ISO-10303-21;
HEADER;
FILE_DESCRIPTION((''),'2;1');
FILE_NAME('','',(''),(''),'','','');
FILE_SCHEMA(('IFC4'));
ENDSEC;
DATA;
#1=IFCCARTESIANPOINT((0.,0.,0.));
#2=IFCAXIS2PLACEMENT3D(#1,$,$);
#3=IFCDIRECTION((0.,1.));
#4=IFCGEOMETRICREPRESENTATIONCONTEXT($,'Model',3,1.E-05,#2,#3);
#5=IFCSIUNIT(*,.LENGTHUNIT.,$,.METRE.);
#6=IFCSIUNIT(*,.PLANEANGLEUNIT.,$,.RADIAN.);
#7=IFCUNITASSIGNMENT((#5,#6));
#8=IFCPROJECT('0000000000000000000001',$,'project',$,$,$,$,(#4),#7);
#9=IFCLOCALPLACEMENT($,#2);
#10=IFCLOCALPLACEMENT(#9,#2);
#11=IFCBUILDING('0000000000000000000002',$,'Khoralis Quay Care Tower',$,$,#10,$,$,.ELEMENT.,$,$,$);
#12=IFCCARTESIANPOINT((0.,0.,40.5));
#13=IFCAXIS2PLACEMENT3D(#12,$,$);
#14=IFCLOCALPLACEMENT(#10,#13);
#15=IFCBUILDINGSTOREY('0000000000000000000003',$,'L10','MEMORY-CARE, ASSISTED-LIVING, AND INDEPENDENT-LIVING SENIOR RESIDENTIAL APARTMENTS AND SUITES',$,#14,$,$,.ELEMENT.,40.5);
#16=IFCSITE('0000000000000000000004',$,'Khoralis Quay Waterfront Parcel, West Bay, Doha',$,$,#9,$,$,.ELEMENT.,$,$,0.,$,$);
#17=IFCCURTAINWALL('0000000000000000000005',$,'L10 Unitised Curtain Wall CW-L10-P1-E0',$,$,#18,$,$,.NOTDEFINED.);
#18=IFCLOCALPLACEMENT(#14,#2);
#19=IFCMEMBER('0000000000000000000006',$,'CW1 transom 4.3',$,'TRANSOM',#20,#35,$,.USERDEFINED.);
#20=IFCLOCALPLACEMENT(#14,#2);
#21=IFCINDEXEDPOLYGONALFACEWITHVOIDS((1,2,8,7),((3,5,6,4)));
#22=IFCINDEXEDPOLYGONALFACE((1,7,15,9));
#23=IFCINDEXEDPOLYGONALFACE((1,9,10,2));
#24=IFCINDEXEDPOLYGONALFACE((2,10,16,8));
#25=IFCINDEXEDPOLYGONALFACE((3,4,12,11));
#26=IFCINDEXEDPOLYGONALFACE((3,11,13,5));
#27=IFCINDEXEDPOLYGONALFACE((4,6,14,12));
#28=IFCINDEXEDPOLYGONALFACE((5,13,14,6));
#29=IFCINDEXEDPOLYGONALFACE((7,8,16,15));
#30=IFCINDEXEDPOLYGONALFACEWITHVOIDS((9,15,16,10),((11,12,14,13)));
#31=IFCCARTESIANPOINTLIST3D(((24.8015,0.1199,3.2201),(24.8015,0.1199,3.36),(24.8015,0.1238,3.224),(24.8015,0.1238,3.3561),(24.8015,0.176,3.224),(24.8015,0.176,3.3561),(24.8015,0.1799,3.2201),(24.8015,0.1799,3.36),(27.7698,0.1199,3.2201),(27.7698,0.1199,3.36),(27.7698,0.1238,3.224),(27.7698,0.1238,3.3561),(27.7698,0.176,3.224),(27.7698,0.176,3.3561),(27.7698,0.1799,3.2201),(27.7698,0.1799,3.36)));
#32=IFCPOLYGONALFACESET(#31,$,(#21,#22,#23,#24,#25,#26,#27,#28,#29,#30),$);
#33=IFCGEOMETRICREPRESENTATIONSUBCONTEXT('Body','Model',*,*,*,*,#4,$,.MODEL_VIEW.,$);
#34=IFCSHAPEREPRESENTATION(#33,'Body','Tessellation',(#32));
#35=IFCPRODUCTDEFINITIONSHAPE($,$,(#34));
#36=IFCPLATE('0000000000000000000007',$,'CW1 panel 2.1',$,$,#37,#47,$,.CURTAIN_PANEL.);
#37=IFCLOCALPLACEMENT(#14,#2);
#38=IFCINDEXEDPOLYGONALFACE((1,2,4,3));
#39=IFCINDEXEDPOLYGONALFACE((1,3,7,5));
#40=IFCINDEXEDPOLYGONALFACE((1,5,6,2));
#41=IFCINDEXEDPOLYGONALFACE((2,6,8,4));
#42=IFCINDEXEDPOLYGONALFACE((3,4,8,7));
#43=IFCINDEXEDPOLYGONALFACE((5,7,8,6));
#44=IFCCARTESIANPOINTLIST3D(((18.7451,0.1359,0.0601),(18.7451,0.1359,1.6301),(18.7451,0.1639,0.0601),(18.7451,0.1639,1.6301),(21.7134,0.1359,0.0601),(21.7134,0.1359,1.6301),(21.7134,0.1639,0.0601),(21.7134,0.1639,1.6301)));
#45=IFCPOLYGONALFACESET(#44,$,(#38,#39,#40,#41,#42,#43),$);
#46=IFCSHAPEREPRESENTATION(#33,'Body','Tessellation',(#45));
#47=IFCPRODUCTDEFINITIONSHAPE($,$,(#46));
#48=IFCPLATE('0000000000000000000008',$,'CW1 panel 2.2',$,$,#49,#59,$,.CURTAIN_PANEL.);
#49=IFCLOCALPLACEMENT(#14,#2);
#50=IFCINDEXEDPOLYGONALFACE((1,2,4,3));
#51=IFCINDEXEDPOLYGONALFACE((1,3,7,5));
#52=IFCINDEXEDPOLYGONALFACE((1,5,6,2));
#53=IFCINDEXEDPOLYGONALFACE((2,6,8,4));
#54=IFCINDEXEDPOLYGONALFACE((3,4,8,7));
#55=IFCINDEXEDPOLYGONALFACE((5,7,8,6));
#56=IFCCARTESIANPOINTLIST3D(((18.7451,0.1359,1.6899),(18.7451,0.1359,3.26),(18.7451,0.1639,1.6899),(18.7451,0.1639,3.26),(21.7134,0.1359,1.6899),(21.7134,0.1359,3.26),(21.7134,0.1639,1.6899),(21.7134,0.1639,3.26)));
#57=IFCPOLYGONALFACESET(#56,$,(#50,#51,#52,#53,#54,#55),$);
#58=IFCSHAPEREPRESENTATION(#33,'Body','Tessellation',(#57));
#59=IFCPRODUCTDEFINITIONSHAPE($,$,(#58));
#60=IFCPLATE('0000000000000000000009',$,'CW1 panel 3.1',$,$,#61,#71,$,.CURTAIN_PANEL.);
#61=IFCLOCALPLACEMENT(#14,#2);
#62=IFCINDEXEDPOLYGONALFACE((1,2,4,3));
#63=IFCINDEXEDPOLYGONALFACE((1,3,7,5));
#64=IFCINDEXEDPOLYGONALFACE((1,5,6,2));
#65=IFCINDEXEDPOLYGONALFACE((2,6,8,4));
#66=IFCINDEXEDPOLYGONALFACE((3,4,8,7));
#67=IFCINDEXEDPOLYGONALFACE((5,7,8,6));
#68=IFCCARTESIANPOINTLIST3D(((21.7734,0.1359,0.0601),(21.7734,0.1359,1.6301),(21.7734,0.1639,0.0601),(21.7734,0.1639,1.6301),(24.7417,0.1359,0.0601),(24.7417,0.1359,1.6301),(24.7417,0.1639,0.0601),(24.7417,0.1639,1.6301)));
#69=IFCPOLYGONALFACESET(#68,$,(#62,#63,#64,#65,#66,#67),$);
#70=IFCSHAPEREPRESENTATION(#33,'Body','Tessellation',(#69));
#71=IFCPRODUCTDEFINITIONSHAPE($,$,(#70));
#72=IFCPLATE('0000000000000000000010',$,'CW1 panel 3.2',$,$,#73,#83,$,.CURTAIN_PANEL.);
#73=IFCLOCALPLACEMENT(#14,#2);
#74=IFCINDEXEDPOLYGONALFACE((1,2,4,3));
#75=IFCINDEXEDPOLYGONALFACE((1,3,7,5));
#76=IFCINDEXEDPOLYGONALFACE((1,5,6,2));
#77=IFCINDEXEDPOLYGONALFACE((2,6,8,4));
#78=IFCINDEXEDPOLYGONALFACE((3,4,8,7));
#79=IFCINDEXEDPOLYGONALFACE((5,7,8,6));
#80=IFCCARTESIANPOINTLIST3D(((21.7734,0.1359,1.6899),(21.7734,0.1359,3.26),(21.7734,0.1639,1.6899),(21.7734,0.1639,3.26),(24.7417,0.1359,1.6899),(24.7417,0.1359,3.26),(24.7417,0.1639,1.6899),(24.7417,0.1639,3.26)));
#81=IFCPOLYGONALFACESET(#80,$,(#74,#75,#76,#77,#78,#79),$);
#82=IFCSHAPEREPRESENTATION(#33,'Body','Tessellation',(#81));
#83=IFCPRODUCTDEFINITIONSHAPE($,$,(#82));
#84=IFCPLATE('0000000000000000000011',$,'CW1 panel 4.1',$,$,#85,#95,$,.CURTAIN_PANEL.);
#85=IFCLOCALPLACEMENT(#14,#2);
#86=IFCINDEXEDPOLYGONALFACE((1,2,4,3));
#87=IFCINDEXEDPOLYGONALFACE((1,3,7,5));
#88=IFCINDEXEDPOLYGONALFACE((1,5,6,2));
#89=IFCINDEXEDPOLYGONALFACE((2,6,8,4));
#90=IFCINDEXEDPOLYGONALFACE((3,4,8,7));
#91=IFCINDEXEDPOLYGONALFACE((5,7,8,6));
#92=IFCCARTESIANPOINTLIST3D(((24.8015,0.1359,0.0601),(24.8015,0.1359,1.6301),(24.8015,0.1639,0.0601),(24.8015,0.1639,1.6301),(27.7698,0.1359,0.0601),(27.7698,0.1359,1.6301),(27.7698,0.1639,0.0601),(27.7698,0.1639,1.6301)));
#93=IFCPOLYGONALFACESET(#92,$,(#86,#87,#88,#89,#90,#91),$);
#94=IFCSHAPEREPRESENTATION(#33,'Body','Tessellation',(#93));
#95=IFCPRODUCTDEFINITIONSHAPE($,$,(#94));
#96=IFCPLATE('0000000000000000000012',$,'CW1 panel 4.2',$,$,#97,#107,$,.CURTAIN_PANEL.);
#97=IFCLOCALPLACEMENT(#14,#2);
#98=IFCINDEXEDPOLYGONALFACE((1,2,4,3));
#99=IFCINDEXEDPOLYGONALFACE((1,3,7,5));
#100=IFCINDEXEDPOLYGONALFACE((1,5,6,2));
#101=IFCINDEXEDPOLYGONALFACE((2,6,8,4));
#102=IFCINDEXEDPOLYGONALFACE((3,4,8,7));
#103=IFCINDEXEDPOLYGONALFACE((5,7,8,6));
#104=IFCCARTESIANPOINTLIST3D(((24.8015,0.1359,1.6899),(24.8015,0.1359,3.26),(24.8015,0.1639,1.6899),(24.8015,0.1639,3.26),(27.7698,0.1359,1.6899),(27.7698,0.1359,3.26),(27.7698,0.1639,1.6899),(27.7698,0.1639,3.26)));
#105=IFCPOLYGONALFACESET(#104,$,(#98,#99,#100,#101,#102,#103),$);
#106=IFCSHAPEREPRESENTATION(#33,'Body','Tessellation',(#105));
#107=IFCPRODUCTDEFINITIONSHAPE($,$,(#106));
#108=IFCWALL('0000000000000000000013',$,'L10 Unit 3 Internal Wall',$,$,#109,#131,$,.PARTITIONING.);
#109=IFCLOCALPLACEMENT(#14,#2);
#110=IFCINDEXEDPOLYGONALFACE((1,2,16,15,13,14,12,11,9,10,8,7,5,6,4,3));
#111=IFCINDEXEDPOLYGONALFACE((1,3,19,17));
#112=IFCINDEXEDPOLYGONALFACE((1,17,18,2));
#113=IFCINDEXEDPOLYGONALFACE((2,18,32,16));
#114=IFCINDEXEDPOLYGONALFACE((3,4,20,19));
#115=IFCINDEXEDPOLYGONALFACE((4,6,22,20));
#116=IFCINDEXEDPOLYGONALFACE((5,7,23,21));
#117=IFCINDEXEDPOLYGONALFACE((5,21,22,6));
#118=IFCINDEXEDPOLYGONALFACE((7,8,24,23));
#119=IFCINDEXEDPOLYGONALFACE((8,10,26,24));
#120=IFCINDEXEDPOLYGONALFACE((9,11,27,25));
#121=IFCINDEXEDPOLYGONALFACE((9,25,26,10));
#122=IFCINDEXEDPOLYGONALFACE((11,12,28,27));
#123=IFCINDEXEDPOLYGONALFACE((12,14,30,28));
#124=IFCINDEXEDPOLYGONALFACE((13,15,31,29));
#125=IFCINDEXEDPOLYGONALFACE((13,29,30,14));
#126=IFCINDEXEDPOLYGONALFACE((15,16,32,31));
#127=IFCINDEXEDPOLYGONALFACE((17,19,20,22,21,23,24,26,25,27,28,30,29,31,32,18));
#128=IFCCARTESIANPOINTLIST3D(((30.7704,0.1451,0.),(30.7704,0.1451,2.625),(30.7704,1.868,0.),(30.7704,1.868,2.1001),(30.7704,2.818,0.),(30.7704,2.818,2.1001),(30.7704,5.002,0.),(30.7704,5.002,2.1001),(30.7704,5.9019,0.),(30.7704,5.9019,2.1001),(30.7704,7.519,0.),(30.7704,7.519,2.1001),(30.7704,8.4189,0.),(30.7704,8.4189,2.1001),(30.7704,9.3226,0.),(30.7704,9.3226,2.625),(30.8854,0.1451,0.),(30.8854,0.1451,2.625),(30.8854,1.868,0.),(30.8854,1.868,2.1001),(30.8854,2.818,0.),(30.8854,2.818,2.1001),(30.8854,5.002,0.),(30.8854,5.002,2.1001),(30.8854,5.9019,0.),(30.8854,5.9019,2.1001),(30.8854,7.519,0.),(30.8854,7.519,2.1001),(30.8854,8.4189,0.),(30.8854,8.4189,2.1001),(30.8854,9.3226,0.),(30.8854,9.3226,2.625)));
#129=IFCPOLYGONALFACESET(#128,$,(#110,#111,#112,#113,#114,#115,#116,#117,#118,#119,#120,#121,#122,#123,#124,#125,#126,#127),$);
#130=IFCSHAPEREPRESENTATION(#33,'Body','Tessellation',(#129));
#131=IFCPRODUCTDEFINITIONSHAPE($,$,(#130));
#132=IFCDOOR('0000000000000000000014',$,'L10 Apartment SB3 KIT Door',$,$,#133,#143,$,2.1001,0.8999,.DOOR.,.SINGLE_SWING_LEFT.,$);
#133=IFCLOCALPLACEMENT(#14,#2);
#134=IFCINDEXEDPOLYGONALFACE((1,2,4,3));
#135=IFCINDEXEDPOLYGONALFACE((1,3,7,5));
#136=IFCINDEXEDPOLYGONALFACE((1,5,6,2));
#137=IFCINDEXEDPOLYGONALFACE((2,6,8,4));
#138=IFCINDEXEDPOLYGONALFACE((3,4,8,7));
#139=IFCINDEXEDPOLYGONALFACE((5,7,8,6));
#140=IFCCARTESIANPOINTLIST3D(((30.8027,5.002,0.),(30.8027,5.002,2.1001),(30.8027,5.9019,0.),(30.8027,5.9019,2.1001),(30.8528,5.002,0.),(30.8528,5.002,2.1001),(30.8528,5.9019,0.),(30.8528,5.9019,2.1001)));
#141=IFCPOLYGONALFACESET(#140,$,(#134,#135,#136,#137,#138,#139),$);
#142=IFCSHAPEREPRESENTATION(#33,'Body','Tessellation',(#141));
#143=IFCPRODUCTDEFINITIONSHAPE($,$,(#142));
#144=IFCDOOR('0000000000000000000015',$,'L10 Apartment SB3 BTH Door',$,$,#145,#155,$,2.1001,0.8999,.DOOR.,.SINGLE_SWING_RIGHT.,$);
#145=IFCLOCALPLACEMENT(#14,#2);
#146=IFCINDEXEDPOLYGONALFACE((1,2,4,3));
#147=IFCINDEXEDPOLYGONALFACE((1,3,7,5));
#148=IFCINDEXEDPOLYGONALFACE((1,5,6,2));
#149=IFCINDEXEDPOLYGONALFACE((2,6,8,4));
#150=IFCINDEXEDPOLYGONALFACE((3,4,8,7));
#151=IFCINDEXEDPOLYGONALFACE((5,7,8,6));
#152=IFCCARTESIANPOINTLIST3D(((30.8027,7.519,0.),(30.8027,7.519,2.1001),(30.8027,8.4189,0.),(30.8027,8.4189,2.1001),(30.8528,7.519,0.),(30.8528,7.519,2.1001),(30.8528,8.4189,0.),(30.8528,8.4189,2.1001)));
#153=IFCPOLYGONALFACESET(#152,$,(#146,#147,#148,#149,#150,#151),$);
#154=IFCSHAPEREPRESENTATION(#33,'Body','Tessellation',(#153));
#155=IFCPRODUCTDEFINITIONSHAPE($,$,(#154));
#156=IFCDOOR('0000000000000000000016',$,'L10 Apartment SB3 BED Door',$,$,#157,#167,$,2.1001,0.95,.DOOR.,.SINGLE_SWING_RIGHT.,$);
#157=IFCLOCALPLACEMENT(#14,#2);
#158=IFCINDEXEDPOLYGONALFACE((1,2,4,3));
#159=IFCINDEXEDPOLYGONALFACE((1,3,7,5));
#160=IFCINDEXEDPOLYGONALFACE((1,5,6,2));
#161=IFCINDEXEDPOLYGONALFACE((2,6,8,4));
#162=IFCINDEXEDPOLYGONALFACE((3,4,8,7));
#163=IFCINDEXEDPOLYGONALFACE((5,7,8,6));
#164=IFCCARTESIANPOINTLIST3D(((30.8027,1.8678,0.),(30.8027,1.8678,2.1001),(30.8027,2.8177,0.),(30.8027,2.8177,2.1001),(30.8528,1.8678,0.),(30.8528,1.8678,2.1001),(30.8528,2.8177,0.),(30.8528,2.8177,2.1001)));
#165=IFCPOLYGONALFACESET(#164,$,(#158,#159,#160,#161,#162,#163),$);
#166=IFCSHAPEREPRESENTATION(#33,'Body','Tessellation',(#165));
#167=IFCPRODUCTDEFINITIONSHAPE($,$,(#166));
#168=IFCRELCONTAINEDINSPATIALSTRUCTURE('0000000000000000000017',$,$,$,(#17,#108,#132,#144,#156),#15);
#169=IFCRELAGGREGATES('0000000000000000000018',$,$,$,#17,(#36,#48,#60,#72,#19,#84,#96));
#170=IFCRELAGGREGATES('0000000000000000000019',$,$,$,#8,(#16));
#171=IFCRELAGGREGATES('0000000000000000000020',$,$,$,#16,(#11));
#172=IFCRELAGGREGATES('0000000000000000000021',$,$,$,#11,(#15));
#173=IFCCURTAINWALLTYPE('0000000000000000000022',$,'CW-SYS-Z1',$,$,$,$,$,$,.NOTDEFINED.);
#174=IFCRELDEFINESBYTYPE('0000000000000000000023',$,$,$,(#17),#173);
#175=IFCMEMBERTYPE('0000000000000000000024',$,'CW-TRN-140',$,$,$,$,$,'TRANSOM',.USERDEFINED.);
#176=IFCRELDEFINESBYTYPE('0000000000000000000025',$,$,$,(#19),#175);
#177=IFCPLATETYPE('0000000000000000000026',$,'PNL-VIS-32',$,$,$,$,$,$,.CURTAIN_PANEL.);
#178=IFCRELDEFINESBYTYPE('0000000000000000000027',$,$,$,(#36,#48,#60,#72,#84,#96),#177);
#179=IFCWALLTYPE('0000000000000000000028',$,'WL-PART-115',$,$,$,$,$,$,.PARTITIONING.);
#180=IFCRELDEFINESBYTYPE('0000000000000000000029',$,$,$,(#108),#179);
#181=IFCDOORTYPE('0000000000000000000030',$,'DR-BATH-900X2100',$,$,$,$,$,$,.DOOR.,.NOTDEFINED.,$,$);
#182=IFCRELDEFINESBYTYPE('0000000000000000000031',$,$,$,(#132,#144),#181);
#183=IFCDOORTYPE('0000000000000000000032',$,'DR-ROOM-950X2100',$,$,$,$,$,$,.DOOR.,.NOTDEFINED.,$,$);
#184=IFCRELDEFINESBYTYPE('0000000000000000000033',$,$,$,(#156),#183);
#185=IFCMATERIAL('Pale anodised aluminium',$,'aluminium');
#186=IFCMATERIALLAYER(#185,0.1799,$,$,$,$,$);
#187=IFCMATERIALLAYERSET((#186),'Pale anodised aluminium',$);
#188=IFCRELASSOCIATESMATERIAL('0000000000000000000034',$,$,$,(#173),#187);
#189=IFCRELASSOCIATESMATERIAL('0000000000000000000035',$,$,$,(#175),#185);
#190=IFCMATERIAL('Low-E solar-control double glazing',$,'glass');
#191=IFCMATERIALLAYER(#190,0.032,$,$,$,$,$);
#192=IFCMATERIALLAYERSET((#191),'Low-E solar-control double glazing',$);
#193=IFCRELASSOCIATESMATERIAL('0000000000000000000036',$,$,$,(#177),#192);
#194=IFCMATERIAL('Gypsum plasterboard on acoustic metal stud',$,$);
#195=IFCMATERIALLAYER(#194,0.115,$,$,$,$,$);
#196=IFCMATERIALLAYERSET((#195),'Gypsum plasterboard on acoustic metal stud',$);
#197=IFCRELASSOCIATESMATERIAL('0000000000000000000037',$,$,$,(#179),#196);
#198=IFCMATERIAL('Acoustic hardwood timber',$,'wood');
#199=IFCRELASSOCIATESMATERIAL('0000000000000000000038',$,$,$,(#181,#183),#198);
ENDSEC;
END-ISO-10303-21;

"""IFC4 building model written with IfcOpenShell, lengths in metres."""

from ifc_helpers import new_model, si_unit, direction, frame, frame_2d, origin, origin_2d, place, context, subcontext, project, spatial, rectangle, hollow_rectangle, extrude, source, transform, mapped, material, layer, layer_set, material_profile, profile_set, type_object, element, fill, aggregate, save


model = new_model("IFC4")

# Units and contexts
model_context = context("Model", 3, precision=1e-05, world=origin(), true_north=direction((0.0, 1.0)))
body_context = subcontext(model_context, "Body", "Model", "MODEL_VIEW")
ifc_project = project(units=[si_unit("LENGTHUNIT", "METRE"), si_unit("PLANEANGLEUNIT", "RADIAN")], contexts=[model_context])

# Site, building, storey
site_placement = place(None, origin())
site = spatial("IfcSite", under=ifc_project, at=site_placement, Name="Khoralis Quay Waterfront Parcel, West Bay, Doha", CompositionType="ELEMENT", RefElevation=0.0)
building_placement = place(site_placement, origin())
building = spatial("IfcBuilding", under=site, at=building_placement, Name="Khoralis Quay Care Tower", CompositionType="ELEMENT")
storey_placement = place(building_placement, frame((0.0, 0.0, 40.5)))
storey = spatial("IfcBuildingStorey", under=building, at=storey_placement, Name="L10", Description="MEMORY-CARE, ASSISTED-LIVING, AND INDEPENDENT-LIVING SENIOR RESIDENTIAL APARTMENTS AND SUITES", CompositionType="ELEMENT", Elevation=40.5)

# Curtain wall, member, plates
ifc_material_1 = material(Name="Pale anodised aluminium", Category="aluminium")
ifc_layer_1 = layer(ifc_material_1, 0.1799)
ifc_layer_set_1 = layer_set([ifc_layer_1], Name="Pale anodised aluminium")
curtain_wall_type = type_object("IfcCurtainWallType", Name="CW-SYS-Z1", PredefinedType="NOTDEFINED", material=ifc_layer_set_1)
curtain_wall_placement = place(storey_placement, origin())
curtain_wall = element("IfcCurtainWall", 1, at=curtain_wall_placement, inside=storey, type_object=curtain_wall_type, Name="L10 Unitised Curtain Wall CW-L10-P1-E0", PredefinedType="NOTDEFINED")
ifc_material_profile_1 = material_profile(ifc_material_1, hollow_rectangle(XDim=0.0601, YDim=0.1399, WallThickness=0.0039, at=origin_2d()), Name="Pale anodised aluminium")
ifc_profile_set_1 = profile_set([ifc_material_profile_1], Name="Pale anodised aluminium")
member_type_1 = type_object("IfcMemberType", Name="CW-TRN-140", ElementType="TRANSOM", PredefinedType="USERDEFINED", material=ifc_profile_set_1)
shared_shape_1 = source(origin(), body_context, "Body", "SweptSolid", [
    extrude(hollow_rectangle(XDim=0.0601, YDim=0.1399, WallThickness=0.0039, at=origin_2d()), origin(), (0.0, 0.0, 1.0), 2.9683),
])
member_1_placement = place(storey_placement, frame((24.8015, 0.1499, 3.29), z_axis=(1.0, 0.0, 0.0), x_axis=(0.0, 1.0, 0.0)))
member_1 = element("IfcMember", 2, at=member_1_placement, type_object=member_type_1, Name="CW1 transom 4.3", ObjectType="TRANSOM", PredefinedType="USERDEFINED", context=body_context, shape_type="MappedRepresentation", body=[
    mapped(shared_shape_1, transform((0.0, 0.0, 0.0), scale=1.0)),
])
ifc_material_2 = material(Name="Low-E solar-control double glazing", Category="glass")
ifc_layer_2 = layer(ifc_material_2, 0.032)
ifc_layer_set_2 = layer_set([ifc_layer_2], Name="Low-E solar-control double glazing")
plate_type = type_object("IfcPlateType", Name="PNL-VIS-32", PredefinedType="CURTAIN_PANEL", material=ifc_layer_set_2)
shared_shape_2 = source(origin(), body_context, "Body", "SweptSolid", [
    extrude(rectangle(XDim=2.9683, YDim=0.0281, at=origin_2d()), origin(), (0.0, 0.0, 1.0), 1.5701),
])
plate_1_placement = place(storey_placement, frame((20.2292, 0.1499, 0.0601), z_axis=(0.0, 0.0, 1.0), x_axis=(1.0, 0.0, 0.0)))
plate_1 = element("IfcPlate", 3, at=plate_1_placement, type_object=plate_type, Name="CW1 panel 2.1", PredefinedType="CURTAIN_PANEL", context=body_context, shape_type="MappedRepresentation", body=[
    mapped(shared_shape_2, transform((0.0, 0.0, 0.0), scale=1.0)),
])
plate_2_placement = place(storey_placement, frame((20.2292, 0.1499, 1.6899), z_axis=(0.0, 0.0, 1.0), x_axis=(1.0, 0.0, 0.0)))
plate_2 = element("IfcPlate", 4, at=plate_2_placement, type_object=plate_type, Name="CW1 panel 2.2", PredefinedType="CURTAIN_PANEL", context=body_context, shape_type="MappedRepresentation", body=[
    mapped(shared_shape_2, transform((0.0, 0.0, 0.0), scale=1.0)),
])
plate_3_placement = place(storey_placement, frame((23.2576, 0.1499, 0.0601), z_axis=(0.0, 0.0, 1.0), x_axis=(1.0, 0.0, 0.0)))
plate_3 = element("IfcPlate", 5, at=plate_3_placement, type_object=plate_type, Name="CW1 panel 3.1", PredefinedType="CURTAIN_PANEL", context=body_context, shape_type="MappedRepresentation", body=[
    mapped(shared_shape_2, transform((0.0, 0.0, 0.0), scale=1.0)),
])
plate_4_placement = place(storey_placement, frame((23.2576, 0.1499, 1.6899), z_axis=(0.0, 0.0, 1.0), x_axis=(1.0, 0.0, 0.0)))
plate_4 = element("IfcPlate", 6, at=plate_4_placement, type_object=plate_type, Name="CW1 panel 3.2", PredefinedType="CURTAIN_PANEL", context=body_context, shape_type="MappedRepresentation", body=[
    mapped(shared_shape_2, transform((0.0, 0.0, 0.0), scale=1.0)),
])
plate_5_placement = place(storey_placement, frame((26.2856, 0.1499, 0.0601), z_axis=(0.0, 0.0, 1.0), x_axis=(1.0, 0.0, 0.0)))
plate_5 = element("IfcPlate", 7, at=plate_5_placement, type_object=plate_type, Name="CW1 panel 4.1", PredefinedType="CURTAIN_PANEL", context=body_context, shape_type="MappedRepresentation", body=[
    mapped(shared_shape_2, transform((0.0, 0.0, 0.0), scale=1.0)),
])
plate_6_placement = place(storey_placement, frame((26.2856, 0.1499, 1.6899), z_axis=(0.0, 0.0, 1.0), x_axis=(1.0, 0.0, 0.0)))
plate_6 = element("IfcPlate", 8, at=plate_6_placement, type_object=plate_type, Name="CW1 panel 4.2", PredefinedType="CURTAIN_PANEL", context=body_context, shape_type="MappedRepresentation", body=[
    mapped(shared_shape_2, transform((0.0, 0.0, 0.0), scale=1.0)),
])
aggregate(curtain_wall, [plate_1, plate_2, plate_3, plate_4, member_1, plate_5, plate_6])

# Wall, openings, doors
ifc_material_3 = material(Name="Gypsum plasterboard on acoustic metal stud")
ifc_layer_3 = layer(ifc_material_3, 0.115)
ifc_layer_set_3 = layer_set([ifc_layer_3], Name="Gypsum plasterboard on acoustic metal stud")
wall_type_1 = type_object("IfcWallType", Name="WL-PART-115", PredefinedType="PARTITIONING", material=ifc_layer_set_3)
wall_placement = place(storey_placement, frame((30.8279, 0.145, 0.0), z_axis=(0.0, 0.0, 1.0), x_axis=(0.0, 1.0, 0.0)))
wall = element("IfcWall", 9, at=wall_placement, inside=storey, type_object=wall_type_1, Name="L10 Unit 3 Internal Wall", PredefinedType="PARTITIONING", context=body_context, shape_type="SweptSolid", body=[
    extrude(rectangle(XDim=9.1775, YDim=0.115, at=frame_2d((4.5889, 0.0))), origin(), (0.0, 0.0, 1.0), 2.625),
])
opening_1_placement = place(wall_placement, frame((1.7229, 0.0, 0.0)))
opening_1 = element("IfcOpeningElement", 10, at=opening_1_placement, cuts=wall, PredefinedType="OPENING", context=body_context, shape_type="SweptSolid", body=[
    extrude(rectangle(XDim=0.95, YDim=2.1001, at=frame_2d((0.4751, 1.05))), frame((0.0, 0.0674, 0.0), z_axis=(0.0, -1.0, 0.0), x_axis=(1.0, 0.0, 0.0)), (0.0, 0.0, 1.0), 0.135),
])
opening_2_placement = place(wall_placement, frame((4.8569, 0.0, 0.0)))
opening_2 = element("IfcOpeningElement", 11, at=opening_2_placement, cuts=wall, PredefinedType="OPENING", context=body_context, shape_type="SweptSolid", body=[
    extrude(rectangle(XDim=0.8999, YDim=2.1001, at=frame_2d((0.45, 1.05))), frame((0.0, 0.0674, 0.0), z_axis=(0.0, -1.0, 0.0), x_axis=(1.0, 0.0, 0.0)), (0.0, 0.0, 1.0), 0.135),
])
opening_3_placement = place(wall_placement, frame((7.374, 0.0, 0.0)))
opening_3 = element("IfcOpeningElement", 12, at=opening_3_placement, cuts=wall, PredefinedType="OPENING", context=body_context, shape_type="SweptSolid", body=[
    extrude(rectangle(XDim=0.8999, YDim=2.1001, at=frame_2d((0.45, 1.05))), frame((0.0, 0.0674, 0.0), z_axis=(0.0, -1.0, 0.0), x_axis=(1.0, 0.0, 0.0)), (0.0, 0.0, 1.0), 0.135),
])
ifc_material_4 = material(Name="Acoustic hardwood timber", Category="wood")
door_type_1 = type_object("IfcDoorType", Name="DR-BATH-900X2100", OperationType="NOTDEFINED", PredefinedType="DOOR", material=ifc_material_4)
shared_shape_3 = source(origin(), body_context, "Body", "SweptSolid", [
    extrude(rectangle(XDim=0.8999, YDim=2.1001, at=frame_2d((0.45, 1.05))), frame((0.0, 0.0249, 0.0), z_axis=(0.0, -1.0, 0.0), x_axis=(1.0, 0.0, 0.0)), (0.0, 0.0, 1.0), 0.05),
])
door_1_placement = place(opening_2_placement, frame((0.8999, 0.0, 0.0), z_axis=(0.0, 0.0, 1.0), x_axis=(-1.0, 0.0, 0.0)))
door_1 = element("IfcDoor", 13, at=door_1_placement, inside=storey, type_object=door_type_1, Name="L10 Apartment SB3 KIT Door", OperationType="SINGLE_SWING_LEFT", OverallHeight=2.1001, OverallWidth=0.8999, PredefinedType="DOOR", context=body_context, shape_type="MappedRepresentation", body=[
    mapped(shared_shape_3, transform((0.0, 0.0, 0.0), scale=1.0)),
])
fill(opening_2, door_1)
door_2_placement = place(opening_3_placement, frame((0.8999, 0.0, 0.0), z_axis=(0.0, 0.0, 1.0), x_axis=(-1.0, 0.0, 0.0)))
door_2 = element("IfcDoor", 14, at=door_2_placement, inside=storey, type_object=door_type_1, Name="L10 Apartment SB3 BTH Door", OperationType="SINGLE_SWING_RIGHT", OverallHeight=2.1001, OverallWidth=0.8999, PredefinedType="DOOR", context=body_context, shape_type="MappedRepresentation", body=[
    mapped(shared_shape_3, transform((0.0, 0.0, 0.0), scale=1.0)),
])
fill(opening_3, door_2)
door_type_2 = type_object("IfcDoorType", Name="DR-ROOM-950X2100", OperationType="NOTDEFINED", PredefinedType="DOOR", material=ifc_material_4)
shared_shape_4 = source(origin(), body_context, "Body", "SweptSolid", [
    extrude(rectangle(XDim=0.95, YDim=2.1001, at=frame_2d((0.4751, 1.05))), frame((0.0, 0.0249, 0.0), z_axis=(0.0, -1.0, 0.0), x_axis=(1.0, 0.0, 0.0)), (0.0, 0.0, 1.0), 0.05),
])
door_3_placement = place(opening_1_placement, frame((0.95, 0.0, 0.0), z_axis=(0.0, 0.0, 1.0), x_axis=(-1.0, 0.0, 0.0)))
door_3 = element("IfcDoor", 15, at=door_3_placement, inside=storey, type_object=door_type_2, Name="L10 Apartment SB3 BED Door", OperationType="SINGLE_SWING_RIGHT", OverallHeight=2.1001, OverallWidth=0.95, PredefinedType="DOOR", context=body_context, shape_type="MappedRepresentation", body=[
    mapped(shared_shape_4, transform((0.0, 0.0, 0.0), scale=1.0)),
])
fill(opening_1, door_3)

save(model, "model.ifc")
